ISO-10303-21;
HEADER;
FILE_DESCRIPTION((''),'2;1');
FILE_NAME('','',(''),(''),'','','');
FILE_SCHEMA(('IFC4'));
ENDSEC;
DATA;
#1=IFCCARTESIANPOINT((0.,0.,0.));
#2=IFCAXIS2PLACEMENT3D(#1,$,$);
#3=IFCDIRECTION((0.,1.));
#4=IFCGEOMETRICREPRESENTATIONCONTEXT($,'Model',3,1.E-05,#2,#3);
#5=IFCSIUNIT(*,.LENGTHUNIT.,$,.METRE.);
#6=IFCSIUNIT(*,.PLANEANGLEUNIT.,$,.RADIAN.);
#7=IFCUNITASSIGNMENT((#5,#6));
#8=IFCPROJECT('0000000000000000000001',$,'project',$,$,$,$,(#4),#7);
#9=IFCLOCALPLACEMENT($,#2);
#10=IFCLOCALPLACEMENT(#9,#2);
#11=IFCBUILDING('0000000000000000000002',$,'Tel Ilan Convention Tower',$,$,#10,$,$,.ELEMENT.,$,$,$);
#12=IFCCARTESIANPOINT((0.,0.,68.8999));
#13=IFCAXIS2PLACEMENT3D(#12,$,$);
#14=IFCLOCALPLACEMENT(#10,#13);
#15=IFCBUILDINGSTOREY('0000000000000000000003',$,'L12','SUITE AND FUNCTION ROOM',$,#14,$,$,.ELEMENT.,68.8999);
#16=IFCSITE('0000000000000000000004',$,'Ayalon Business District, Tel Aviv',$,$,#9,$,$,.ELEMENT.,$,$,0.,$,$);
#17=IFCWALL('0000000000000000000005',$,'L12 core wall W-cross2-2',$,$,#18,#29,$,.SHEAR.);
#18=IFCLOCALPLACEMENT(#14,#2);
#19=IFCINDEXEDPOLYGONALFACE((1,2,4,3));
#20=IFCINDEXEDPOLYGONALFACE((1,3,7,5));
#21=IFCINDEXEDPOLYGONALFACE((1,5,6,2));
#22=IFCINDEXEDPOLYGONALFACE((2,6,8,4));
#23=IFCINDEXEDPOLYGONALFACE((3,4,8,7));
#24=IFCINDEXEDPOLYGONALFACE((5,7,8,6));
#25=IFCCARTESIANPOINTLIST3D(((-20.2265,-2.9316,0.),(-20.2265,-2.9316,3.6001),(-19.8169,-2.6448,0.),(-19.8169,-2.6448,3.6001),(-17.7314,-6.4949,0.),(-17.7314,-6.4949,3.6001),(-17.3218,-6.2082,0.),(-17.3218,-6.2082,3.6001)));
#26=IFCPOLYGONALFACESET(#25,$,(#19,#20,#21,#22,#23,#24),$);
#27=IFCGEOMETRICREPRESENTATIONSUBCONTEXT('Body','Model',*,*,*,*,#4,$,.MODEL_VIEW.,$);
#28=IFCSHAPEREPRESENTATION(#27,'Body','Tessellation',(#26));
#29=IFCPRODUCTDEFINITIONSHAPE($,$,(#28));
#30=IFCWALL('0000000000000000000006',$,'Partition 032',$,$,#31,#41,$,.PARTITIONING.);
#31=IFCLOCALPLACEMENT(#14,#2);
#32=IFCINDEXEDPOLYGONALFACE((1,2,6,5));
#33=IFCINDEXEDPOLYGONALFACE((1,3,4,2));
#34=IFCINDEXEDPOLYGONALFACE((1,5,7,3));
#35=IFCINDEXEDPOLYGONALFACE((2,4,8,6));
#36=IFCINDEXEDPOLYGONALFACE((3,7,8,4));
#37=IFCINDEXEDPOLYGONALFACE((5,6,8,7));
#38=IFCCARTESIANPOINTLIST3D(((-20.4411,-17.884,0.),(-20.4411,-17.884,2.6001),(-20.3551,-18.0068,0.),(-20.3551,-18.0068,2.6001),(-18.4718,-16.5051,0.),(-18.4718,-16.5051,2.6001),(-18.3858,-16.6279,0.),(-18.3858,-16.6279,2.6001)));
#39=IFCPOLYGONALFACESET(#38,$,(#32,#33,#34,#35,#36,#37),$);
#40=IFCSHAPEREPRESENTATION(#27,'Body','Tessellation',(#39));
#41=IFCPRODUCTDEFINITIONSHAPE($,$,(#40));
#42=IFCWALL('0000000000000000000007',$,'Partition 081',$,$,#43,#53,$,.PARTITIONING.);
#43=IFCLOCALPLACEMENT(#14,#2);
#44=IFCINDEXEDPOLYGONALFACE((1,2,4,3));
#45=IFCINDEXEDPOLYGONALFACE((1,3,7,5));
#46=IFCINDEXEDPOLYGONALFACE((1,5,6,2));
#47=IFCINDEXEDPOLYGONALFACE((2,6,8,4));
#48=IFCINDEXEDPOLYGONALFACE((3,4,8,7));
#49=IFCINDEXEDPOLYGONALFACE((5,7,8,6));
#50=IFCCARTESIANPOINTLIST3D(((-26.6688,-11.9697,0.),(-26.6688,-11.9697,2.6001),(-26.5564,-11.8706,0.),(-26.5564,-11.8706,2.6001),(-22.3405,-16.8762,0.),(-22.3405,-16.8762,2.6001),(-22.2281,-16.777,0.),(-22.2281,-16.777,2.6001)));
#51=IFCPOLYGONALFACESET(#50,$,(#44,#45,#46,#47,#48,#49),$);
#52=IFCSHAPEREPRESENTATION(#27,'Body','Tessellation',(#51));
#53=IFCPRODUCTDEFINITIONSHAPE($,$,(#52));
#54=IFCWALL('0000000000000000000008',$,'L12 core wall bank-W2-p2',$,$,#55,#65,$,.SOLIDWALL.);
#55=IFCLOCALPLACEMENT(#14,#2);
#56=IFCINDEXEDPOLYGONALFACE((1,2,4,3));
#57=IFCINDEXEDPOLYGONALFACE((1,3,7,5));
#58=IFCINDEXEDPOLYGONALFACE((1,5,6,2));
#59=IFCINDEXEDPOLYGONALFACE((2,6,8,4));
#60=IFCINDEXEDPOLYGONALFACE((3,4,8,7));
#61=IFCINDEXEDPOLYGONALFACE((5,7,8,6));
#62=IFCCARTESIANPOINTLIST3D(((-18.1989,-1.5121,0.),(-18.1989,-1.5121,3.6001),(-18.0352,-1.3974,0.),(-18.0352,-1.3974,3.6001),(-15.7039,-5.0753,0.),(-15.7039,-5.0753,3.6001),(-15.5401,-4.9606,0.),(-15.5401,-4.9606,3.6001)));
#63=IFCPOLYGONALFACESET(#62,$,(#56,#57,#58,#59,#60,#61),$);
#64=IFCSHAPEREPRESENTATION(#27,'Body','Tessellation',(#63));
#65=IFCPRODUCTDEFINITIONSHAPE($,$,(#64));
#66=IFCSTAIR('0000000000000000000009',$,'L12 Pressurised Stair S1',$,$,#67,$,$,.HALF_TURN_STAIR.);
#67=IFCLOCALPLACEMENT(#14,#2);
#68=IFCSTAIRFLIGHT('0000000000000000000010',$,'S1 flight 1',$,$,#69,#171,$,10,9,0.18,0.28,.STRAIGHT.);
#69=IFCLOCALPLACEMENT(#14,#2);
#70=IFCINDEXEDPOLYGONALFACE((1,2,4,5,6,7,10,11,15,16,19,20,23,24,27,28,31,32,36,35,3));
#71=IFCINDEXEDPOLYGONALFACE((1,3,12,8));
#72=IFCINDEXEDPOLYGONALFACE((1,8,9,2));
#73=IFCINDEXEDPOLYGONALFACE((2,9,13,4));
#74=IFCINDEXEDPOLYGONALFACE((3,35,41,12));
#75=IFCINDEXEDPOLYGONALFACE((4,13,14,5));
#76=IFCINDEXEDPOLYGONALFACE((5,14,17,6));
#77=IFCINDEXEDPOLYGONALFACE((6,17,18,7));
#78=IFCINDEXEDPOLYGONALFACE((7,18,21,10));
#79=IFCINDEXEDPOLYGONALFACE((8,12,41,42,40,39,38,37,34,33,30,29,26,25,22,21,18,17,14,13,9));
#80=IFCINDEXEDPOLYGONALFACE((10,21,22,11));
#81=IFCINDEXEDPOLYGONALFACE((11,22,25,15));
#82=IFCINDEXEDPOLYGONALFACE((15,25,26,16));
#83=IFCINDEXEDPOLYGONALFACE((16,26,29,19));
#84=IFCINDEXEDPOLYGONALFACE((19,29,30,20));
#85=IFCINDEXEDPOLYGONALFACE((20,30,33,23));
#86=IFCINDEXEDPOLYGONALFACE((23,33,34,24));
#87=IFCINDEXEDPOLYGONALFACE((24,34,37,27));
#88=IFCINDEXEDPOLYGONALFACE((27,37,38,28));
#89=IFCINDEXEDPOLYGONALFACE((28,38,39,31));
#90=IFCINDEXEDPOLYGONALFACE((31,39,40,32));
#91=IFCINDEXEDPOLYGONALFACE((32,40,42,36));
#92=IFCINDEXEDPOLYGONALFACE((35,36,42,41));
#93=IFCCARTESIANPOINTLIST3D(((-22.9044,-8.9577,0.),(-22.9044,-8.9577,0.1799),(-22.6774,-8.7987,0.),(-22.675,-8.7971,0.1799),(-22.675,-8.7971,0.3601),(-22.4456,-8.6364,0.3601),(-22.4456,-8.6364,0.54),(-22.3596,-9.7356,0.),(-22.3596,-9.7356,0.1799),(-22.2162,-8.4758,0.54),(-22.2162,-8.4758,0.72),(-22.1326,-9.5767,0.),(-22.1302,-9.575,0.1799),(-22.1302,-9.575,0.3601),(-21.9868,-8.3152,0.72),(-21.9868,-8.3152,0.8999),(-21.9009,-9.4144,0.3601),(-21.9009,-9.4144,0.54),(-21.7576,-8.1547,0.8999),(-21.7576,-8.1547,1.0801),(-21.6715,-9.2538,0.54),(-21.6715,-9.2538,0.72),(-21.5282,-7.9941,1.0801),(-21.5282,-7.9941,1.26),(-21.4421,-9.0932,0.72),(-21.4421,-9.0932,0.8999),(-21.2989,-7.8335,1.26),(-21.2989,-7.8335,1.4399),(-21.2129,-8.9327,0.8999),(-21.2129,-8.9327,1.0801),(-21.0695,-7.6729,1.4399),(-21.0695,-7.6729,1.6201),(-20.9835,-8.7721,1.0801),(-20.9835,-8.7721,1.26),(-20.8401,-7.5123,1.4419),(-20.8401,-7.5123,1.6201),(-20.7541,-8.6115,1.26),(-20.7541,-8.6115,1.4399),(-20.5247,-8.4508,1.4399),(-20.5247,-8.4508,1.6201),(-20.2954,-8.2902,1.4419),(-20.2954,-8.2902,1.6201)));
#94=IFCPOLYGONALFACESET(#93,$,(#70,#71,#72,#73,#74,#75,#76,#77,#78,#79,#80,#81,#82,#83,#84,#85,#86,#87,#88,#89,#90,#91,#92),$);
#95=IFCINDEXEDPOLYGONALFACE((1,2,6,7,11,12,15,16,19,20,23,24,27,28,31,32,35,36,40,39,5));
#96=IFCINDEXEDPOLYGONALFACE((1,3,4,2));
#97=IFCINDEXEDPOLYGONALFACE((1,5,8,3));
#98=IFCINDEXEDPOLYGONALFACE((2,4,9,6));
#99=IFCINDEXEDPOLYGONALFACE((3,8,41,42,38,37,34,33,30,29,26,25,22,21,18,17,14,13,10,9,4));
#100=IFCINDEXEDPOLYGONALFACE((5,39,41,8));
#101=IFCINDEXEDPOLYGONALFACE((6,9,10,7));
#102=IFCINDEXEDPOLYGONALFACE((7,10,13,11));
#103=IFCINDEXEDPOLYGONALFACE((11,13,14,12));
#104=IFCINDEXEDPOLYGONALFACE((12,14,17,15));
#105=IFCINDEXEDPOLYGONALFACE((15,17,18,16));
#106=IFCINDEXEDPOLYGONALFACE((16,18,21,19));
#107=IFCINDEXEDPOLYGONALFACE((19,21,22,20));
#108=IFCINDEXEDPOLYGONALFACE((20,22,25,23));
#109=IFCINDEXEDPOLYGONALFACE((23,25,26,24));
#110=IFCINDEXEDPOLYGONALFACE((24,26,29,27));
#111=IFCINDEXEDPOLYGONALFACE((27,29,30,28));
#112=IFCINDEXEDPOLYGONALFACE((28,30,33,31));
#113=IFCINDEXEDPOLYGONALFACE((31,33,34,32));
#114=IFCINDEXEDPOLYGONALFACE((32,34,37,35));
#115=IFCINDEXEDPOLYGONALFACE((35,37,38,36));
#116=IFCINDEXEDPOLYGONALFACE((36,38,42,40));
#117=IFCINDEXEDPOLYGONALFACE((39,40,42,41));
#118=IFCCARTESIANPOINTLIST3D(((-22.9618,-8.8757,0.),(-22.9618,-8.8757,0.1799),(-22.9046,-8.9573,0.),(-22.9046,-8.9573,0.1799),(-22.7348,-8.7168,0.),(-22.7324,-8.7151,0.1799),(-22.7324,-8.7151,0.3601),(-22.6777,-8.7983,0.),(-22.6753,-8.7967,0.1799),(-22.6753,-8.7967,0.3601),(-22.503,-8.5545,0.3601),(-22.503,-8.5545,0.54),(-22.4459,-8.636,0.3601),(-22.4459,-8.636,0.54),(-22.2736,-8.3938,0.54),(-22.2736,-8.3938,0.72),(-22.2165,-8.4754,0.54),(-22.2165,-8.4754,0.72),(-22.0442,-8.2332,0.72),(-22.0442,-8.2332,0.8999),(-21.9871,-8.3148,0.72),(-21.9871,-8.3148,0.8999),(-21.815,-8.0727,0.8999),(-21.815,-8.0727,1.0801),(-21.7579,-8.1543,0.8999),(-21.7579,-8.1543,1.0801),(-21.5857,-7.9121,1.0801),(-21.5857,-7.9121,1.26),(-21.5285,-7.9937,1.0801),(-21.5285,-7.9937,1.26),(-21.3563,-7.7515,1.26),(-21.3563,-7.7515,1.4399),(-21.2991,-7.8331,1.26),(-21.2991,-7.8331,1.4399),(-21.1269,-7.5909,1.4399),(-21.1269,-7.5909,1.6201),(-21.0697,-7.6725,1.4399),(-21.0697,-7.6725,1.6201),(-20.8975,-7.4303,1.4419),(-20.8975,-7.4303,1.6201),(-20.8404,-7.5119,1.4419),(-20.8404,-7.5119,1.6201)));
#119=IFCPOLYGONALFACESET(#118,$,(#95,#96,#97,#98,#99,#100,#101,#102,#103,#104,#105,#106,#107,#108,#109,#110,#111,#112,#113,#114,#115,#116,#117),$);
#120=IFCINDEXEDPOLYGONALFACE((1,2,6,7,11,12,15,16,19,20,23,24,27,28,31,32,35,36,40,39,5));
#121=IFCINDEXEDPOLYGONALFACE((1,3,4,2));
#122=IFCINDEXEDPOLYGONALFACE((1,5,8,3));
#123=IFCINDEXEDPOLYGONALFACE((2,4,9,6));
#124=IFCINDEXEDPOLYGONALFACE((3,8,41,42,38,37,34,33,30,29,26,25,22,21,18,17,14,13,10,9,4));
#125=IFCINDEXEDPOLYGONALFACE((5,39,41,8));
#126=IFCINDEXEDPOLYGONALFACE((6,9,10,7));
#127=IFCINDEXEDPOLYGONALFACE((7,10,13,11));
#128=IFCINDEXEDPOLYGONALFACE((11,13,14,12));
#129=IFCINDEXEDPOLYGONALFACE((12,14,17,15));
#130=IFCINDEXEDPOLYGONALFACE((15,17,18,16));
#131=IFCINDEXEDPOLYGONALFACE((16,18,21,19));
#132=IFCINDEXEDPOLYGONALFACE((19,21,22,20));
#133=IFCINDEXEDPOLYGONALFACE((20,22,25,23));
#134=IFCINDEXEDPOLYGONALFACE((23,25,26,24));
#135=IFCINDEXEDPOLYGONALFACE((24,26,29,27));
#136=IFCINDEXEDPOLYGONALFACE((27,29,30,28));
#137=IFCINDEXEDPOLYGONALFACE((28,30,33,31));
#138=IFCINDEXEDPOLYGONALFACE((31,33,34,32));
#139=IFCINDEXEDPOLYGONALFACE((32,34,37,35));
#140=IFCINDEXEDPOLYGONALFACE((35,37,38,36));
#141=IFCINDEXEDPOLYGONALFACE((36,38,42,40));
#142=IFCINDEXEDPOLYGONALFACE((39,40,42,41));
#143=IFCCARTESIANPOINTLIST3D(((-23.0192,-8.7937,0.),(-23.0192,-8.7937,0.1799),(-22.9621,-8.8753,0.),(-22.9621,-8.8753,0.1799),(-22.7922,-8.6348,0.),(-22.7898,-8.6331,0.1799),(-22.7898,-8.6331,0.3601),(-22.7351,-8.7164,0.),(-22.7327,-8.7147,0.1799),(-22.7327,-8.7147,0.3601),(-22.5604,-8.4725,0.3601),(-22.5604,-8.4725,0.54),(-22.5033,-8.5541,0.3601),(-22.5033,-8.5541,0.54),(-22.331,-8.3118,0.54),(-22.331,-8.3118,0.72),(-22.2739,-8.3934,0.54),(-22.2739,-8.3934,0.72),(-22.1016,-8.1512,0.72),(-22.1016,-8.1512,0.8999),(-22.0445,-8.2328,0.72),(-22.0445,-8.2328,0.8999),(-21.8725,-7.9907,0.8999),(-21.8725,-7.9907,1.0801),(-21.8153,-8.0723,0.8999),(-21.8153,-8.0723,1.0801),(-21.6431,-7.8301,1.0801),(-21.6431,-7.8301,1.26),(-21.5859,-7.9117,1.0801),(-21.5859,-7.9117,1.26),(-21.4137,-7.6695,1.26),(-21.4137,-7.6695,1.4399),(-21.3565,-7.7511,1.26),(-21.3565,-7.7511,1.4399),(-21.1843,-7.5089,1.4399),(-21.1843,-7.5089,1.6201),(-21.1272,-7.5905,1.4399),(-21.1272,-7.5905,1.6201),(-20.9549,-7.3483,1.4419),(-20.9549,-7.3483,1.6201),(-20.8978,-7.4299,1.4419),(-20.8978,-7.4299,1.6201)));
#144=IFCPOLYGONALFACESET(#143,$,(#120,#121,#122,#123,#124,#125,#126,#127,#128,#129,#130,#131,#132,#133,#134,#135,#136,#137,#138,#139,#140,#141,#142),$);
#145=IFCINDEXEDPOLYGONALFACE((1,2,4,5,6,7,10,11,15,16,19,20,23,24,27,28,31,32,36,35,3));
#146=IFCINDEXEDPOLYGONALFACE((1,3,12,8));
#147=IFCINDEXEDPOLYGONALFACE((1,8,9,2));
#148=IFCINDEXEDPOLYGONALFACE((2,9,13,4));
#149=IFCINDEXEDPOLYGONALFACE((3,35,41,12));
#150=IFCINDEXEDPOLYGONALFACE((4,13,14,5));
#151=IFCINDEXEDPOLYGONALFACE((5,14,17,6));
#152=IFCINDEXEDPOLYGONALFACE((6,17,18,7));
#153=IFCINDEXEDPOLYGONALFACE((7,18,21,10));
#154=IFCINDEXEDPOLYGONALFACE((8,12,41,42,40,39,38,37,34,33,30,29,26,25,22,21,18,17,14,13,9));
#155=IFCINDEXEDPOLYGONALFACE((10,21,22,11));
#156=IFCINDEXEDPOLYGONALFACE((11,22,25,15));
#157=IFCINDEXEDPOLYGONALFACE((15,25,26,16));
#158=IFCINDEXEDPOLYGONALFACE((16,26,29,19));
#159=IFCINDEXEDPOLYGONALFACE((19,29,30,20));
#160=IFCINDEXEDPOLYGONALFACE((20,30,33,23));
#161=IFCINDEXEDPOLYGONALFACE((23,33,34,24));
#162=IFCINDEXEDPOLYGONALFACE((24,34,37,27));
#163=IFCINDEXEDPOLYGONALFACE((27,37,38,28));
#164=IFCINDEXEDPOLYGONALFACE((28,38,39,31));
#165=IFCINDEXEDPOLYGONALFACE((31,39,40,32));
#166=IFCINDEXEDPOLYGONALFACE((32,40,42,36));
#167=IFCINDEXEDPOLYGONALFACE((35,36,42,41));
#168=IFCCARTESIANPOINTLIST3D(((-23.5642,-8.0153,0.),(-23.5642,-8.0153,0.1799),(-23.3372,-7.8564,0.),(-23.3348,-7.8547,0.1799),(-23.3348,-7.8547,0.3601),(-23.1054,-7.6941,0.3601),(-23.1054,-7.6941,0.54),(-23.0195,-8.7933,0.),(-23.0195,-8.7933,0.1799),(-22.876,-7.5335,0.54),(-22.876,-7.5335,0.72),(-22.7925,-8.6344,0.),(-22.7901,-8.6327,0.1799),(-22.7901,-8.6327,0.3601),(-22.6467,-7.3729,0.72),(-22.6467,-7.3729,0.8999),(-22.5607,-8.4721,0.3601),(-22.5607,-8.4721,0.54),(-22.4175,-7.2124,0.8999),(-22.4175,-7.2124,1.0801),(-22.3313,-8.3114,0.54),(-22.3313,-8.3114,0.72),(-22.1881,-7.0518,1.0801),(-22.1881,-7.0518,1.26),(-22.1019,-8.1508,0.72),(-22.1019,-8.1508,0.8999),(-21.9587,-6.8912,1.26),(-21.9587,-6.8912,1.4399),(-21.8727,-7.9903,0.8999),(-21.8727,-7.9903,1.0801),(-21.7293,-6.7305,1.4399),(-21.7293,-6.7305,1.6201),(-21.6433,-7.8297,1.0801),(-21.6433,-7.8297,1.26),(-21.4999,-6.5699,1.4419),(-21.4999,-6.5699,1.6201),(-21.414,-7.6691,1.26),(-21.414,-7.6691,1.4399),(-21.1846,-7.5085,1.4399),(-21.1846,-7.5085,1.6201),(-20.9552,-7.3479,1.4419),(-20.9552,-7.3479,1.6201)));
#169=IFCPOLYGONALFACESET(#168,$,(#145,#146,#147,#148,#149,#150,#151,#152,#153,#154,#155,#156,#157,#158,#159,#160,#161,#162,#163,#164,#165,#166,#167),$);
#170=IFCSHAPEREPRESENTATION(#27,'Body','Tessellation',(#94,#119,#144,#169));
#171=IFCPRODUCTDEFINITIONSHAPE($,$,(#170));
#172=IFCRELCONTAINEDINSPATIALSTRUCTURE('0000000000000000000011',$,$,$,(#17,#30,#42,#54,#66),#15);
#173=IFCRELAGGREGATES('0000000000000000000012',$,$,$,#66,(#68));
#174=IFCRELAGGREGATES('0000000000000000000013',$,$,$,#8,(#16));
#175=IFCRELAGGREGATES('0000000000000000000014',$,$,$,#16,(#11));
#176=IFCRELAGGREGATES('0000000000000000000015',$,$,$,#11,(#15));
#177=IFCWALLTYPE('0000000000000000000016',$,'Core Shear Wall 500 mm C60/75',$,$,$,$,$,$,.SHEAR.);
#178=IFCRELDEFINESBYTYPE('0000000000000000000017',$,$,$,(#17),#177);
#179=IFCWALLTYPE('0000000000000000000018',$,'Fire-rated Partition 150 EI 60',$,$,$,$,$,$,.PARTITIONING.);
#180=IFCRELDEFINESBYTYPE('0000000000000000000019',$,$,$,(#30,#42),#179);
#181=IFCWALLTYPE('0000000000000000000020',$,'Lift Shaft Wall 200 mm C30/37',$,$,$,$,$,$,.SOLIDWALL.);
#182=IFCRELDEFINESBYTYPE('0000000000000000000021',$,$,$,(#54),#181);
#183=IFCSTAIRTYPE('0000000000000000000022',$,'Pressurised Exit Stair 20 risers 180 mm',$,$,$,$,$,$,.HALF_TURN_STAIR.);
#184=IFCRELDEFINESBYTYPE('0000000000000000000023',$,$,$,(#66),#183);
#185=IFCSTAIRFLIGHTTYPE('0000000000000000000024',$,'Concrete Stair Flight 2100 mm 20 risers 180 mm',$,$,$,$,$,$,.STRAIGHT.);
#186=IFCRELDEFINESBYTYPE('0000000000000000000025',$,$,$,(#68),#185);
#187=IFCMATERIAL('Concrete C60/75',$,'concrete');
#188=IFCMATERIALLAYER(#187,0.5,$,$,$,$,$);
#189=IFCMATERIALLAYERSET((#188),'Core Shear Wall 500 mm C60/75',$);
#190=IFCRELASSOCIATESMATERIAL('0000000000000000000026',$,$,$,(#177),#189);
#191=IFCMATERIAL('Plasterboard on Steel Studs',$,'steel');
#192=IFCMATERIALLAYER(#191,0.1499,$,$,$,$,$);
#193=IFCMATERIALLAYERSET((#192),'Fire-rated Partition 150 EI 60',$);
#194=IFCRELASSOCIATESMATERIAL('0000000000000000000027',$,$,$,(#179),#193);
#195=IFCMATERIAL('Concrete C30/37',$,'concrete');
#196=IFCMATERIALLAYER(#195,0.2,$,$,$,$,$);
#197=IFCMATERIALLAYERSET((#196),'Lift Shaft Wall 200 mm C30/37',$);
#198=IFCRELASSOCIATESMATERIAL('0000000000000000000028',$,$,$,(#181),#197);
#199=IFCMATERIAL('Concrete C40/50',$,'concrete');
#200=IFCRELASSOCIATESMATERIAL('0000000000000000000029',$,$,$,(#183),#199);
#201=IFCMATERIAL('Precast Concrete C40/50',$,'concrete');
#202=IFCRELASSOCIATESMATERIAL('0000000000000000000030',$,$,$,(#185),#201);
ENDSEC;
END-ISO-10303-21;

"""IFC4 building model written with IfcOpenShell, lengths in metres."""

from ifc_helpers import new_model, si_unit, direction, frame, frame_2d, origin, place, context, subcontext, project, spatial, polyline, rectangle, outline, extrude, material, layer, layer_set, type_object, element, aggregate, save


model = new_model("IFC4")

# Units and contexts
model_context = context("Model", 3, precision=1e-05, world=origin(), true_north=direction((0.0, 1.0)))
body_context = subcontext(model_context, "Body", "Model", "MODEL_VIEW")
ifc_project = project(units=[si_unit("LENGTHUNIT", "METRE"), si_unit("PLANEANGLEUNIT", "RADIAN")], contexts=[model_context])

# Site, building, storey
site_placement = place(None, origin())
site = spatial("IfcSite", under=ifc_project, at=site_placement, Name="Ayalon Business District, Tel Aviv", CompositionType="ELEMENT", RefElevation=0.0)
building_placement = place(site_placement, origin())
building = spatial("IfcBuilding", under=site, at=building_placement, Name="Tel Ilan Convention Tower", CompositionType="ELEMENT")
storey_placement = place(building_placement, frame((0.0, 0.0, 68.8999)))
storey = spatial("IfcBuildingStorey", under=building, at=storey_placement, Name="L12", Description="SUITE AND FUNCTION ROOM", CompositionType="ELEMENT", Elevation=68.8999)

# Walls
ifc_material_1 = material(Name="Concrete C60/75", Category="concrete")
ifc_layer_1 = layer(ifc_material_1, 0.5)
ifc_layer_set_1 = layer_set([ifc_layer_1], Name="Core Shear Wall 500 mm C60/75")
wall_type_1 = type_object("IfcWallType", Name="Core Shear Wall 500 mm C60/75", PredefinedType="SHEAR", material=ifc_layer_set_1)
wall_1_placement = place(storey_placement, frame((-17.5266, -6.3516, 0.0), z_axis=(0.0, 0.0, 1.0), x_axis=(-0.57353, 0.819184, 0.0)))
element("IfcWall", 1, at=wall_1_placement, inside=storey, type_object=wall_type_1, Name="L12 core wall W-cross2-2", PredefinedType="SHEAR", context=body_context, shape_type="SweptSolid", body=[
    extrude(outline(polyline([(4.3501, -0.2498), (4.3501, 0.2502), (0.0, 0.25), (0.0, -0.25), (4.3501, -0.2498)])), origin(), (0.0, 0.0, 1.0), 3.6001),
])
ifc_material_2 = material(Name="Plasterboard on Steel Studs", Category="steel")
ifc_layer_2 = layer(ifc_material_2, 0.1499)
ifc_layer_set_2 = layer_set([ifc_layer_2], Name="Fire-rated Partition 150 EI 60")
wall_type_2 = type_object("IfcWallType", Name="Fire-rated Partition 150 EI 60", PredefinedType="PARTITIONING", material=ifc_layer_set_2)
wall_2_placement = place(storey_placement, frame((-18.4287, -16.5664, 0.0), z_axis=(0.0, 0.0, 1.0), x_axis=(-0.819146, -0.573585, 0.0)))
element("IfcWall", 2, at=wall_2_placement, inside=storey, type_object=wall_type_2, Name="Partition 032", PredefinedType="PARTITIONING", context=body_context, shape_type="SweptSolid", body=[
    extrude(rectangle(XDim=2.4041, YDim=0.1499, at=frame_2d((1.2021, 0.0))), origin(), (0.0, 0.0, 1.0), 2.6001),
])
wall_3_placement = place(storey_placement, frame((-22.2842, -16.8267, 0.0), z_axis=(0.0, 0.0, 1.0), x_axis=(-0.661545, 0.749905, 0.0)))
element("IfcWall", 3, at=wall_3_placement, inside=storey, type_object=wall_type_2, Name="Partition 081", PredefinedType="PARTITIONING", context=body_context, shape_type="SweptSolid", body=[
    extrude(rectangle(XDim=6.5427, YDim=0.1499, at=frame_2d((3.2715, 0.0))), origin(), (0.0, 0.0, 1.0), 2.6001),
])
ifc_material_3 = material(Name="Concrete C30/37", Category="concrete")
ifc_layer_3 = layer(ifc_material_3, 0.2)
ifc_layer_set_3 = layer_set([ifc_layer_3], Name="Lift Shaft Wall 200 mm C30/37")
wall_type_3 = type_object("IfcWallType", Name="Lift Shaft Wall 200 mm C30/37", PredefinedType="SOLIDWALL", material=ifc_layer_set_3)
wall_4_placement = place(storey_placement, frame((-15.6221, -5.0178, 0.0), z_axis=(0.0, 0.0, 1.0), x_axis=(-0.573594, 0.81914, 0.0)))
element("IfcWall", 4, at=wall_4_placement, inside=storey, type_object=wall_type_3, Name="L12 core wall bank-W2-p2", PredefinedType="SOLIDWALL", context=body_context, shape_type="SweptSolid", body=[
    extrude(rectangle(XDim=4.3499, YDim=0.2, at=frame_2d((2.1748, 0.0))), origin(), (0.0, 0.0, 1.0), 3.6001),
])

# Stair, stair flight
ifc_material_4 = material(Name="Concrete C40/50", Category="concrete")
stair_type = type_object("IfcStairType", Name="Pressurised Exit Stair 20 risers 180 mm", PredefinedType="HALF_TURN_STAIR", material=ifc_material_4)
stair_1_placement = place(storey_placement, origin())
stair_1 = element("IfcStair", 5, at=stair_1_placement, inside=storey, type_object=stair_type, Name="L12 Pressurised Stair S1", PredefinedType="HALF_TURN_STAIR")
ifc_material_5 = material(Name="Precast Concrete C40/50", Category="concrete")
stair_flight_type = type_object("IfcStairFlightType", Name="Concrete Stair Flight 2100 mm 20 risers 180 mm", PredefinedType="STRAIGHT", material=ifc_material_5)
stair_flight_1_placement = place(storey_placement, frame((-22.9619, -8.8755, 0.0), z_axis=(0.0, 0.0, 1.0), x_axis=(0.819152, 0.573576, 0.0)))
stair_flight_1 = element("IfcStairFlight", 6, at=stair_flight_1_placement, type_object=stair_flight_type, Name="S1 flight 1", NumberOfRisers=10, NumberOfTreads=9, PredefinedType="STRAIGHT", RiserHeight=0.18, TreadLength=0.28, context=body_context, shape_type="SweptSolid", body=[
    extrude(outline(polyline([(0.0, 0.0), (0.0, 0.1799), (0.28, 0.1799), (0.28, 0.3601), (0.5601, 0.3601), (0.5601, 0.54), (0.8401, 0.54), (0.8401, 0.72), (1.1201, 0.72), (1.1201, 0.8999), (1.3999, 0.8999), (1.3999, 1.0801), (1.6799, 1.0801), (1.6799, 1.26), (1.96, 1.26), (1.96, 1.4399), (2.24, 1.4399), (2.24, 1.6201), (2.52, 1.6201), (2.52, 1.8), (2.52, 1.4419), (0.2771, 0.0), (0.0, 0.0)])), frame((0.0, -0.1003, 0.0), z_axis=(0.0, -1.0, 0.0), x_axis=(1.0, 0.0, 0.0)), (0.0, 0.0, 1.0), 0.9497),
    extrude(outline(polyline([(0.0, 0.0), (0.0, 0.1799), (0.28, 0.1799), (0.28, 0.3601), (0.5601, 0.3601), (0.5601, 0.54), (0.8401, 0.54), (0.8401, 0.72), (1.1201, 0.72), (1.1201, 0.8999), (1.3999, 0.8999), (1.3999, 1.0801), (1.6799, 1.0801), (1.6799, 1.26), (1.96, 1.26), (1.96, 1.4399), (2.24, 1.4399), (2.24, 1.6201), (2.52, 1.6201), (2.52, 1.8), (2.52, 1.4419), (0.2771, 0.0), (0.0, 0.0)])), frame((0.0, -0.0002, 0.0), z_axis=(0.0, -1.0, 0.0), x_axis=(1.0, 0.0, 0.0)), (0.0, 0.0, 1.0), 0.0996),
    extrude(outline(polyline([(0.0, 0.0), (0.0, 0.1799), (0.28, 0.1799), (0.28, 0.3601), (0.5601, 0.3601), (0.5601, 0.54), (0.8401, 0.54), (0.8401, 0.72), (1.1201, 0.72), (1.1201, 0.8999), (1.3999, 0.8999), (1.3999, 1.0801), (1.6799, 1.0801), (1.6799, 1.26), (1.96, 1.26), (1.96, 1.4399), (2.24, 1.4399), (2.24, 1.6201), (2.52, 1.6201), (2.52, 1.8), (2.52, 1.4419), (0.2771, 0.0), (0.0, 0.0)])), frame((0.0, 0.0999, 0.0), z_axis=(0.0, -1.0, 0.0), x_axis=(1.0, 0.0, 0.0)), (0.0, 0.0, 1.0), 0.0996),
    extrude(outline(polyline([(0.0, 0.0), (0.0, 0.1799), (0.28, 0.1799), (0.28, 0.3601), (0.5601, 0.3601), (0.5601, 0.54), (0.8401, 0.54), (0.8401, 0.72), (1.1201, 0.72), (1.1201, 0.8999), (1.3999, 0.8999), (1.3999, 1.0801), (1.6799, 1.0801), (1.6799, 1.26), (1.96, 1.26), (1.96, 1.4399), (2.24, 1.4399), (2.24, 1.6201), (2.52, 1.6201), (2.52, 1.8), (2.52, 1.4419), (0.2771, 0.0), (0.0, 0.0)])), frame((0.0, 1.05, 0.0), z_axis=(0.0, -1.0, 0.0), x_axis=(1.0, 0.0, 0.0)), (0.0, 0.0, 1.0), 0.9497),
])
aggregate(stair_1, [stair_flight_1])

save(model, "model.ifc")
